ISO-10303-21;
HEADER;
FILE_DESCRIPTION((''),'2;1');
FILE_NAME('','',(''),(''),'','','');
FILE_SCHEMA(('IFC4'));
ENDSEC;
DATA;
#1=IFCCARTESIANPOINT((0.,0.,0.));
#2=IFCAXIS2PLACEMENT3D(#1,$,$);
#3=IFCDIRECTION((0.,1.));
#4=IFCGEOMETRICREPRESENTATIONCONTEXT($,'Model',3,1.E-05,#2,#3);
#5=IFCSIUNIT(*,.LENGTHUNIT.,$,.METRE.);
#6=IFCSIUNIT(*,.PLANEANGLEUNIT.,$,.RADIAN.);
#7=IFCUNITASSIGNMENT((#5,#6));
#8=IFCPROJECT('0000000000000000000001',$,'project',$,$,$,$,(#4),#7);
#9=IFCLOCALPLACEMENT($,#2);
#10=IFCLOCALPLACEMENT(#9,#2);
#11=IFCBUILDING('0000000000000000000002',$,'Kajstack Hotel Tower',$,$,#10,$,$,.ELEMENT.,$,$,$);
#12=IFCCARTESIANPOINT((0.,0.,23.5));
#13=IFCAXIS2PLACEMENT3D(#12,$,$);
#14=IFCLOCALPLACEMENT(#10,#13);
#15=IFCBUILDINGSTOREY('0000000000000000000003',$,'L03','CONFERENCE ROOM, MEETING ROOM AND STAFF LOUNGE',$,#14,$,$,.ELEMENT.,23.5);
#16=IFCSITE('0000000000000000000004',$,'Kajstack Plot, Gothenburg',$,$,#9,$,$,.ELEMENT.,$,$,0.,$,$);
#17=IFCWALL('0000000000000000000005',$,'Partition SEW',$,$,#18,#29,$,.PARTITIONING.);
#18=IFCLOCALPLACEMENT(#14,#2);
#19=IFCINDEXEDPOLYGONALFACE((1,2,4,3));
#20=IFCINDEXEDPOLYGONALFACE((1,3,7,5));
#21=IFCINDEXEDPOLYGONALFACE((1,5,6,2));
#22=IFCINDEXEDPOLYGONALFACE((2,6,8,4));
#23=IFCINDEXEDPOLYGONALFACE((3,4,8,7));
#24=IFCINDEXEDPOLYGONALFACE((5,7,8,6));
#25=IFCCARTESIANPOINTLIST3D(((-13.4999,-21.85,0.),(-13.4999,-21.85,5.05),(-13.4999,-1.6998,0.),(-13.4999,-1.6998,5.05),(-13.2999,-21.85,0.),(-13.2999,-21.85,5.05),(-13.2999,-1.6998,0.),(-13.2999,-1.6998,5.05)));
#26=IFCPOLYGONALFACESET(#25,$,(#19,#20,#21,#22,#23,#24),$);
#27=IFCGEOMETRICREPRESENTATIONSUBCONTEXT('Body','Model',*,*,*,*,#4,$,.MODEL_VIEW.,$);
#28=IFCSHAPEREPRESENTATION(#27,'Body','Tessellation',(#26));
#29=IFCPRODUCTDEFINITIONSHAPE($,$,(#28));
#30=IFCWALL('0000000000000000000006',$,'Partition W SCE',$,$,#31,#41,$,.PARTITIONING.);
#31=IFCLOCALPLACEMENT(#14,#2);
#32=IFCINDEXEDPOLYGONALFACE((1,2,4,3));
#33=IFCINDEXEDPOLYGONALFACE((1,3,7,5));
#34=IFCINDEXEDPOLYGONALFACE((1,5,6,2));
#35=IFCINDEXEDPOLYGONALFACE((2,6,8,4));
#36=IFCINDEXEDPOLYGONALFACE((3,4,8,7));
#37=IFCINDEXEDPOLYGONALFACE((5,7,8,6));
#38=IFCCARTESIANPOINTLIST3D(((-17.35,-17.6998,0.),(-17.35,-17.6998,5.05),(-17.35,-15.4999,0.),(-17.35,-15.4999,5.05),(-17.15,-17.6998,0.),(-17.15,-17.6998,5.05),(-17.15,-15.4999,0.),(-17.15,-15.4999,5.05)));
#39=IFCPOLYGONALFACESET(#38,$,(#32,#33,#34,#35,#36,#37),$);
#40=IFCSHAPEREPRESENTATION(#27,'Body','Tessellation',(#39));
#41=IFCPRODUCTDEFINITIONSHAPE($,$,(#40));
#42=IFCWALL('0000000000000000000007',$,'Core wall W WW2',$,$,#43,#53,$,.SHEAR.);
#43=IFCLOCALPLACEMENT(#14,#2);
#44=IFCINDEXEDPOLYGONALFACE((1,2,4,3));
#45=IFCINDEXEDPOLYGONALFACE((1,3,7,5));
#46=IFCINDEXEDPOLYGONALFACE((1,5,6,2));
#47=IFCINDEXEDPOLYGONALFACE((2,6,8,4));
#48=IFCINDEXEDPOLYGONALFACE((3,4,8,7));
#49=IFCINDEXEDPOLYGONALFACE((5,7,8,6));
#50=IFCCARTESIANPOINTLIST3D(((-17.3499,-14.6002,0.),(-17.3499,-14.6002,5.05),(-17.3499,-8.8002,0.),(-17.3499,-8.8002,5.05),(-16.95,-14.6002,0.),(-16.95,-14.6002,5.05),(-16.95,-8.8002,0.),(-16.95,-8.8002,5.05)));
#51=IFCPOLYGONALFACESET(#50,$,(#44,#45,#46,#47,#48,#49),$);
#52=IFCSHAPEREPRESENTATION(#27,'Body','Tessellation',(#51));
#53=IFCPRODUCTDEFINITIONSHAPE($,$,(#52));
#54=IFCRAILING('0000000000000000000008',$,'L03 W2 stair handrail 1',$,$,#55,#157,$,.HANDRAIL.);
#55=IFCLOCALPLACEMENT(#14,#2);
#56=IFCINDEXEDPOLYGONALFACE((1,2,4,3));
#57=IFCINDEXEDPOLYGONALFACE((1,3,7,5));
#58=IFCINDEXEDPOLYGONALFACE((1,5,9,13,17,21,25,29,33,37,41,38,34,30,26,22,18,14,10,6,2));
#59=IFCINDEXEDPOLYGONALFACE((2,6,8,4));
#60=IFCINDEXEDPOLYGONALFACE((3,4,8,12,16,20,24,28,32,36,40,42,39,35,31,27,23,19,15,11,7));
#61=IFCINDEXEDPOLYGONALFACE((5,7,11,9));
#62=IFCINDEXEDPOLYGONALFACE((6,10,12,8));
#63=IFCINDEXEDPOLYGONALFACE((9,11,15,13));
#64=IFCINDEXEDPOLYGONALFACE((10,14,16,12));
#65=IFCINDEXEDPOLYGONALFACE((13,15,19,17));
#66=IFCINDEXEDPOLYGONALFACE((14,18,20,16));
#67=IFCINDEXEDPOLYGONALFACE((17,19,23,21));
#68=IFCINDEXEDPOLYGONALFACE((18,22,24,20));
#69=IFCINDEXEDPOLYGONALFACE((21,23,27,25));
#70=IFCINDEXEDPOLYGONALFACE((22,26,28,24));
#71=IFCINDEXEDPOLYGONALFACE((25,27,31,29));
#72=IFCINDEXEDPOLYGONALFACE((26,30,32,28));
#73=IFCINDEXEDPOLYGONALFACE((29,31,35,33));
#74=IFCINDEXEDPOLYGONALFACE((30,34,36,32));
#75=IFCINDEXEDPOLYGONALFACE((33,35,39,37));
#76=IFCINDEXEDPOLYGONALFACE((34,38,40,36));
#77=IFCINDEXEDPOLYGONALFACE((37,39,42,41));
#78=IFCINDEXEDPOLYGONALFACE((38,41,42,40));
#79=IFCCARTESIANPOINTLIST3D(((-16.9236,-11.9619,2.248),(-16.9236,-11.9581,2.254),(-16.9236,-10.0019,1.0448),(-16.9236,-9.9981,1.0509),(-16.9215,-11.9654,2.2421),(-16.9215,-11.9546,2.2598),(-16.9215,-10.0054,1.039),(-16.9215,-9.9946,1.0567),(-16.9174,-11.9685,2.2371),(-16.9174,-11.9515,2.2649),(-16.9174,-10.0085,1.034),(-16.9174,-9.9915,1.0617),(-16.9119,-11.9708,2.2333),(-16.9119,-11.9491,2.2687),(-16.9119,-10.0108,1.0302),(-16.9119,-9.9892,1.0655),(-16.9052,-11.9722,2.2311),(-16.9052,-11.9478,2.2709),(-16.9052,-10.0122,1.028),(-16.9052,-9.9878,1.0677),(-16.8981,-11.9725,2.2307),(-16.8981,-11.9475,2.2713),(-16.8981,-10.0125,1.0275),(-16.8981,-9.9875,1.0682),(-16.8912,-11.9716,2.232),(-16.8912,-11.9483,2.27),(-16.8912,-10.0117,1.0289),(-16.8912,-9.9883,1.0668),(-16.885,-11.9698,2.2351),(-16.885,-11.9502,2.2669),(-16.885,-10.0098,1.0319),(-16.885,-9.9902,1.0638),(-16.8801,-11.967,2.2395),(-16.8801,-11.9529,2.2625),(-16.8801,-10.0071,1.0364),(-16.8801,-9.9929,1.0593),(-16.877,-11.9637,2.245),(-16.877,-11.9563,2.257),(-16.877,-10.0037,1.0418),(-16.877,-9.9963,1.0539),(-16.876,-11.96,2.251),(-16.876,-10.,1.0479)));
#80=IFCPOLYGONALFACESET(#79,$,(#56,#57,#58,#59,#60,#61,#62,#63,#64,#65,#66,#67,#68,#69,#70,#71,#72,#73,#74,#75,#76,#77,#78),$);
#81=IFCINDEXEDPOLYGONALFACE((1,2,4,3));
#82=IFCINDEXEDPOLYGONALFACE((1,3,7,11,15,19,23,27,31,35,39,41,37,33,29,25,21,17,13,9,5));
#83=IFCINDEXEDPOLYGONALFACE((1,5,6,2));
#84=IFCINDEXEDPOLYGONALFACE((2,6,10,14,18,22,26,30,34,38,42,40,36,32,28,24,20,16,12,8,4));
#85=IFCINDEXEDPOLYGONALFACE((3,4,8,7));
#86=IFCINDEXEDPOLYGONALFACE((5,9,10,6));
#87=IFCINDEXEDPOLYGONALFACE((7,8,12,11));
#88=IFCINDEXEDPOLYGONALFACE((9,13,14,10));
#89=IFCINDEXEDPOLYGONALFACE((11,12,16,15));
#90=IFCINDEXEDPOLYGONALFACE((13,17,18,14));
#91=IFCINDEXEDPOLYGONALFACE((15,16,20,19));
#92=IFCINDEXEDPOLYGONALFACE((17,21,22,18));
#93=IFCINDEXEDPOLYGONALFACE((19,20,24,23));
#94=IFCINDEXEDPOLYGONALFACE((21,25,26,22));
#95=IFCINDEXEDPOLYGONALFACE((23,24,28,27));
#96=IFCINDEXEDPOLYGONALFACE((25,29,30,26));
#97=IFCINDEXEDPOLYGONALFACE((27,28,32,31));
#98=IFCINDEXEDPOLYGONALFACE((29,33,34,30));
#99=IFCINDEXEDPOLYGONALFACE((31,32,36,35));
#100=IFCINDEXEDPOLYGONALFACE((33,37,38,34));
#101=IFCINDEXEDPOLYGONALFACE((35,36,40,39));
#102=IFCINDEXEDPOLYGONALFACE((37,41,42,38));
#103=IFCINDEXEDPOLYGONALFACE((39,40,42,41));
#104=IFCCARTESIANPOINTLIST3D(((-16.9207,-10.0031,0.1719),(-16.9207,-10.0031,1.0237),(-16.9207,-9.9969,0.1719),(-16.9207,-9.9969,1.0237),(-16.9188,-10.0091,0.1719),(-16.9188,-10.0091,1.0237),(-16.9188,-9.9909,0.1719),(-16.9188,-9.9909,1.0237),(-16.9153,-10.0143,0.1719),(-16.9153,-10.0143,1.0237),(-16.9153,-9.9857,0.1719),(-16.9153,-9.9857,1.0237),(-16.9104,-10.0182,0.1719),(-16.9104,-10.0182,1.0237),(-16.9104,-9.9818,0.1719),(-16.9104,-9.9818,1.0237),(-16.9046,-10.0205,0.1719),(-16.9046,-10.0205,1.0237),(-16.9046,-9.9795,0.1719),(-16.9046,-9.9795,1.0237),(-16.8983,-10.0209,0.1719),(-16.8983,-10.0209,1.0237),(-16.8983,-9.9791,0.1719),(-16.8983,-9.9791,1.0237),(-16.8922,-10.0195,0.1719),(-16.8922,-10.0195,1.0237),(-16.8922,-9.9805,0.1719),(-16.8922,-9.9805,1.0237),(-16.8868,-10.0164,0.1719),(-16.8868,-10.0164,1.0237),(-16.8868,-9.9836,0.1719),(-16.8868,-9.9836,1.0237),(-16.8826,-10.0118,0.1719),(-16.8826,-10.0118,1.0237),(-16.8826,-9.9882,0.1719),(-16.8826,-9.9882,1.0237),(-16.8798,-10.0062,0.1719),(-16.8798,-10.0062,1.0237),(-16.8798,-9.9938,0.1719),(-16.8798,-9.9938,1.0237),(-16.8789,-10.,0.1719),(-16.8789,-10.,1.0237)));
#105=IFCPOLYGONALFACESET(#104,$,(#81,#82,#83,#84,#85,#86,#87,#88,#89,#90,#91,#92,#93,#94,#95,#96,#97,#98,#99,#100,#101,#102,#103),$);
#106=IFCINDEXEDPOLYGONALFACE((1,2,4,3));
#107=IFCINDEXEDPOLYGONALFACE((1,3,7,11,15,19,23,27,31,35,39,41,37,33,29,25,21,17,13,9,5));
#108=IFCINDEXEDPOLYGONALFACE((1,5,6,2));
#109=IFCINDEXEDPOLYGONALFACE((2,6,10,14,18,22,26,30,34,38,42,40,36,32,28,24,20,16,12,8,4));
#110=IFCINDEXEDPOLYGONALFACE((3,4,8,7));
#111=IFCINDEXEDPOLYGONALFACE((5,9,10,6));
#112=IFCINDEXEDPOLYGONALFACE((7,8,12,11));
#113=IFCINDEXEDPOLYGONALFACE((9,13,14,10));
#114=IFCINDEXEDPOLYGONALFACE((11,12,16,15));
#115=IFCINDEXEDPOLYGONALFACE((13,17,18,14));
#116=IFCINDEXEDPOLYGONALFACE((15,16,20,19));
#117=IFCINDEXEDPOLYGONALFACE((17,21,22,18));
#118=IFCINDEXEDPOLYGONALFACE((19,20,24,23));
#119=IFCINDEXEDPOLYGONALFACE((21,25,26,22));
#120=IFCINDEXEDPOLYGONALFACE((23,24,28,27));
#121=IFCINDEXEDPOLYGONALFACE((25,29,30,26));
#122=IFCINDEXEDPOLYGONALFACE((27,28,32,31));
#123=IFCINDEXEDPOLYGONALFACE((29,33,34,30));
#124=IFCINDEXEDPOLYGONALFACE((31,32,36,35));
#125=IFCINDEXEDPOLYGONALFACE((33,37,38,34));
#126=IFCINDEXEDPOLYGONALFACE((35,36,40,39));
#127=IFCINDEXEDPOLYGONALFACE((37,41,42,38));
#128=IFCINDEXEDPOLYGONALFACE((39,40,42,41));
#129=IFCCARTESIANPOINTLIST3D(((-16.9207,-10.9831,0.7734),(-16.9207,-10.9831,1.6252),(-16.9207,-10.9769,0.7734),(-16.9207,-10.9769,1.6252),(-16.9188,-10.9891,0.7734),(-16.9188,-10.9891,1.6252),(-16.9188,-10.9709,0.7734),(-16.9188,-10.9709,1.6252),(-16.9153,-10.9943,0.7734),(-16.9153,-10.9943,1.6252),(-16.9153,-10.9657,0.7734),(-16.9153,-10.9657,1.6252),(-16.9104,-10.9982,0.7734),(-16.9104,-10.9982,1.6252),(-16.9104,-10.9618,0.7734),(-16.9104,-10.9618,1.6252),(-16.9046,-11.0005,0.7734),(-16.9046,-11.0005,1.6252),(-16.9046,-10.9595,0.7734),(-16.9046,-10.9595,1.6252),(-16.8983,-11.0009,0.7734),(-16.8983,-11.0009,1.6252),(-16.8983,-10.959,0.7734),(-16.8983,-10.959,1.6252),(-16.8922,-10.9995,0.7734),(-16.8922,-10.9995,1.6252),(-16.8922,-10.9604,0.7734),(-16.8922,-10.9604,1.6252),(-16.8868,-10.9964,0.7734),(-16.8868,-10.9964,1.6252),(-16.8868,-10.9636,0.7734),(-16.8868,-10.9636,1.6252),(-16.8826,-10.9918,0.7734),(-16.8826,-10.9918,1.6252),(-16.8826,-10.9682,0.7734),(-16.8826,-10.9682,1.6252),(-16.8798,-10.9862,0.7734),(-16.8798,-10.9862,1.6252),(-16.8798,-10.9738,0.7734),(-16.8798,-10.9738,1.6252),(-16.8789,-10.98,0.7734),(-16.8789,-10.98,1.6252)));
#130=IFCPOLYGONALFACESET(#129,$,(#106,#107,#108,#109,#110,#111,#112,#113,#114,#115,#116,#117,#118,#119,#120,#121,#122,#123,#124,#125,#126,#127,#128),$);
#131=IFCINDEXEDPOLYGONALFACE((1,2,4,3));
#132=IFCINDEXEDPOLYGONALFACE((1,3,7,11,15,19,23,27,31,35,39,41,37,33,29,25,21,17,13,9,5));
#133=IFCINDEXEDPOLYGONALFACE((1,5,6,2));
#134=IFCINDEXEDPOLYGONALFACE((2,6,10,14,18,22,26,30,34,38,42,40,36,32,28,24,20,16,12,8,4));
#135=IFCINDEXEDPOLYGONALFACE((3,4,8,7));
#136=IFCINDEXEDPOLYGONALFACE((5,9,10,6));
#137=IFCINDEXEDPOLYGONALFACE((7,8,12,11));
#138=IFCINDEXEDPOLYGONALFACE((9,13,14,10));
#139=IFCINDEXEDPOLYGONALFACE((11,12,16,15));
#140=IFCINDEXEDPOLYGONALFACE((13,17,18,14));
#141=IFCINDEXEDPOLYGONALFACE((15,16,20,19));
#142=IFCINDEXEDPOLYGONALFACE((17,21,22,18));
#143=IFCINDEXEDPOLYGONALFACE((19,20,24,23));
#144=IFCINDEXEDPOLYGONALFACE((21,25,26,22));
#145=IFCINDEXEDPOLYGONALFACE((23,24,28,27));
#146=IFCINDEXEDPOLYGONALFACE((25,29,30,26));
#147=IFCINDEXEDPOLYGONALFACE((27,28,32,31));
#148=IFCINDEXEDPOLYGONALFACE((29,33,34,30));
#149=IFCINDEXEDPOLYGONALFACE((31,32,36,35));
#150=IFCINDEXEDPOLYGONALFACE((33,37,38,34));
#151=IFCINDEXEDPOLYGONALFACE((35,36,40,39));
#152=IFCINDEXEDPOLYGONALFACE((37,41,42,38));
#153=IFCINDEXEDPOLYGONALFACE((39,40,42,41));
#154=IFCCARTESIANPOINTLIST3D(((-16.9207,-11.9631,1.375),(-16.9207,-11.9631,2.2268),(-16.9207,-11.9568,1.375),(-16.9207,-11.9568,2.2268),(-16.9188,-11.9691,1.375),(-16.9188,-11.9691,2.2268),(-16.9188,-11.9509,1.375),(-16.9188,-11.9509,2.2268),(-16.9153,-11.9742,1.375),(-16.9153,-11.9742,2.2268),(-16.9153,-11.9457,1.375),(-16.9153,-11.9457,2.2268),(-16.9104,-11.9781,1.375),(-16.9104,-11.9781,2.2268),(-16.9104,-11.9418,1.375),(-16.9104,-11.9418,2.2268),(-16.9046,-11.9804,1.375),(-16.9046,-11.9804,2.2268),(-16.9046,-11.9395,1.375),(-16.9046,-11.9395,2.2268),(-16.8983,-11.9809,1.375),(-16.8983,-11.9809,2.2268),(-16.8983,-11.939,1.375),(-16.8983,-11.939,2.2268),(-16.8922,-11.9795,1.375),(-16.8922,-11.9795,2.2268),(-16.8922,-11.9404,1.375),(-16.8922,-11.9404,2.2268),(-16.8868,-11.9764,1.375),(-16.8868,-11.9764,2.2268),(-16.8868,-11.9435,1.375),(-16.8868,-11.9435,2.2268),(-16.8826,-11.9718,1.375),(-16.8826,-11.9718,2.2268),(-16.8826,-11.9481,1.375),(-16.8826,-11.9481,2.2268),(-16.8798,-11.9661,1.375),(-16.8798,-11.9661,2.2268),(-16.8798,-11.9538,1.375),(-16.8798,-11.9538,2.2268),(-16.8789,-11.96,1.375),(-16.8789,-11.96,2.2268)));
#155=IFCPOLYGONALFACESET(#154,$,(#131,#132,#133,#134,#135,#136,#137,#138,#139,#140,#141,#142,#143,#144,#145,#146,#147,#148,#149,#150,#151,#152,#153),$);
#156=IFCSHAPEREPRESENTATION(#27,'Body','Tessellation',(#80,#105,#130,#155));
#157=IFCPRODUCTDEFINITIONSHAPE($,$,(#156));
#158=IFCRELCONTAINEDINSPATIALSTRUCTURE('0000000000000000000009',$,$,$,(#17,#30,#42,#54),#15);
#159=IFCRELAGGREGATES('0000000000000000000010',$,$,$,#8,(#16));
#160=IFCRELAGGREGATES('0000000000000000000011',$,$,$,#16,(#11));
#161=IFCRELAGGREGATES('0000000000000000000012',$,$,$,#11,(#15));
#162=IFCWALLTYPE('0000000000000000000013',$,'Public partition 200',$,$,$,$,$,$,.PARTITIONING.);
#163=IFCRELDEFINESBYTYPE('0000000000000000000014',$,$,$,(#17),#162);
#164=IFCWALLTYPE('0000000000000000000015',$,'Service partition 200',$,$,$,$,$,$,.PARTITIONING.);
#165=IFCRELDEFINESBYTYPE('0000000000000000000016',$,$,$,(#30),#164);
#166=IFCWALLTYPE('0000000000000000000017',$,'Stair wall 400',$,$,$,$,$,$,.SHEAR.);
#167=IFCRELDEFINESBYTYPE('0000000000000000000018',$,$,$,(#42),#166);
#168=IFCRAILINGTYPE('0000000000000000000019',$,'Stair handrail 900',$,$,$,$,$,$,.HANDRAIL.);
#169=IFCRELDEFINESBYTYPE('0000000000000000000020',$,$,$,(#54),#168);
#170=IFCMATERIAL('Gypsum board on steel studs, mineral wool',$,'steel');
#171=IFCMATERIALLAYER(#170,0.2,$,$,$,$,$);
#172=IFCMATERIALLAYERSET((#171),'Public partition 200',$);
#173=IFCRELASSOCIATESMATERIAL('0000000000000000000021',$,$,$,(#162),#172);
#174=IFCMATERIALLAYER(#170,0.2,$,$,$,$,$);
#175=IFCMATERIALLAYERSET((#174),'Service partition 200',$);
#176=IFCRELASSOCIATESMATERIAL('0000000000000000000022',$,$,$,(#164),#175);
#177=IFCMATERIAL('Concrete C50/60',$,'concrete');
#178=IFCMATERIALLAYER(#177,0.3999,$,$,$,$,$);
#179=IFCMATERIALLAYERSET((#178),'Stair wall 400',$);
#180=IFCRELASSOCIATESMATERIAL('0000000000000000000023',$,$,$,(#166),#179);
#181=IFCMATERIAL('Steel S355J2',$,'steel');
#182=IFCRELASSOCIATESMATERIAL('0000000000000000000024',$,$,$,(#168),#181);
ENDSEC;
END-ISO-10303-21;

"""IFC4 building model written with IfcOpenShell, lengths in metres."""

from ifc_helpers import new_model, si_unit, direction, frame, frame_2d, origin, origin_2d, place, context, subcontext, project, spatial, rectangle, circle, extrude, material, layer, layer_set, type_object, element, save


model = new_model("IFC4")

# Units and contexts
model_context = context("Model", 3, precision=1e-05, world=origin(), true_north=direction((0.0, 1.0)))
body_context = subcontext(model_context, "Body", "Model", "MODEL_VIEW")
ifc_project = project(units=[si_unit("LENGTHUNIT", "METRE"), si_unit("PLANEANGLEUNIT", "RADIAN")], contexts=[model_context])

# Site, building, storey
site_placement = place(None, origin())
site = spatial("IfcSite", under=ifc_project, at=site_placement, Name="Kajstack Plot, Gothenburg", CompositionType="ELEMENT", RefElevation=0.0)
building_placement = place(site_placement, origin())
building = spatial("IfcBuilding", under=site, at=building_placement, Name="Kajstack Hotel Tower", CompositionType="ELEMENT")
storey_placement = place(building_placement, frame((0.0, 0.0, 23.5)))
storey = spatial("IfcBuildingStorey", under=building, at=storey_placement, Name="L03", Description="CONFERENCE ROOM, MEETING ROOM AND STAFF LOUNGE", CompositionType="ELEMENT", Elevation=23.5)

# Shared definitions
ifc_material_1 = material(Name="Concrete C50/60", Category="concrete")

# Shared definitions
ifc_material_2 = material(Name="Gypsum board on steel studs, mineral wool", Category="steel")
ifc_layer_1 = layer(ifc_material_2, 0.2)
ifc_layer_set_1 = layer_set([ifc_layer_1], Name="Public partition 200")
wall_type_1 = type_object("IfcWallType", Name="Public partition 200", PredefinedType="PARTITIONING", material=ifc_layer_set_1)

# Walls
wall_1_placement = place(storey_placement, frame((-13.3999, -21.8501, 0.0), z_axis=(0.0, 0.0, 1.0), x_axis=(0.0, 1.0, 0.0)))
element("IfcWall", 1, at=wall_1_placement, inside=storey, type_object=wall_type_1, Name="Partition SEW", PredefinedType="PARTITIONING", context=body_context, shape_type="SweptSolid", body=[
    extrude(rectangle(XDim=20.1501, YDim=0.2, at=frame_2d((10.0752, 0.0))), origin(), (0.0, 0.0, 1.0), 5.05),
])
ifc_layer_2 = layer(ifc_material_2, 0.2)
ifc_layer_set_2 = layer_set([ifc_layer_2], Name="Service partition 200")
wall_type_2 = type_object("IfcWallType", Name="Service partition 200", PredefinedType="PARTITIONING", material=ifc_layer_set_2)
wall_2_placement = place(storey_placement, frame((-17.25, -17.7, 0.0), z_axis=(0.0, 0.0, 1.0), x_axis=(0.0, 1.0, 0.0)))
element("IfcWall", 2, at=wall_2_placement, inside=storey, type_object=wall_type_2, Name="Partition W SCE", PredefinedType="PARTITIONING", context=body_context, shape_type="SweptSolid", body=[
    extrude(rectangle(XDim=2.2, YDim=0.2, at=frame_2d((1.1001, 0.0))), origin(), (0.0, 0.0, 1.0), 5.05),
])
ifc_layer_3 = layer(ifc_material_1, 0.3999)
ifc_layer_set_3 = layer_set([ifc_layer_3], Name="Stair wall 400")
wall_type_3 = type_object("IfcWallType", Name="Stair wall 400", PredefinedType="SHEAR", material=ifc_layer_set_3)
wall_3_placement = place(storey_placement, frame((-17.1499, -14.6001, 0.0), z_axis=(0.0, 0.0, 1.0), x_axis=(0.0, 1.0, 0.0)))
element("IfcWall", 3, at=wall_3_placement, inside=storey, type_object=wall_type_3, Name="Core wall W WW2", PredefinedType="SHEAR", context=body_context, shape_type="SweptSolid", body=[
    extrude(rectangle(XDim=5.8, YDim=0.3999, at=frame_2d((2.8999, 0.0))), origin(), (0.0, 0.0, 1.0), 5.05),
])

# Railing
ifc_material_3 = material(Name="Steel S355J2", Category="steel")
railing_type_1 = type_object("IfcRailingType", Name="Stair handrail 900", PredefinedType="HANDRAIL", material=ifc_material_3)
railing_1_placement = place(storey_placement, frame((-16.8999, -10.0, 0.1719)))
element("IfcRailing", 4, at=railing_1_placement, inside=storey, type_object=railing_type_1, Name="L03 W2 stair handrail 1", PredefinedType="HANDRAIL", context=body_context, shape_type="SweptSolid", body=[
    extrude(circle(Radius=0.0239, at=origin_2d()), frame((0.0, 0.0, 0.876), z_axis=(0.0, -0.852241, 0.523149), x_axis=(1.0, 0.0, 0.0)), (0.0, 0.0, 1.0), 2.2998),
    extrude(circle(Radius=0.021, at=origin_2d()), origin(), (0.0, 0.0, 1.0), 0.8518),
    extrude(circle(Radius=0.021, at=origin_2d()), frame((0.0, -0.98, 0.6016)), (0.0, 0.0, 1.0), 0.8518),
    extrude(circle(Radius=0.021, at=origin_2d()), frame((0.0, -1.96, 1.2031)), (0.0, 0.0, 1.0), 0.8518),
])

save(model, "model.ifc")
